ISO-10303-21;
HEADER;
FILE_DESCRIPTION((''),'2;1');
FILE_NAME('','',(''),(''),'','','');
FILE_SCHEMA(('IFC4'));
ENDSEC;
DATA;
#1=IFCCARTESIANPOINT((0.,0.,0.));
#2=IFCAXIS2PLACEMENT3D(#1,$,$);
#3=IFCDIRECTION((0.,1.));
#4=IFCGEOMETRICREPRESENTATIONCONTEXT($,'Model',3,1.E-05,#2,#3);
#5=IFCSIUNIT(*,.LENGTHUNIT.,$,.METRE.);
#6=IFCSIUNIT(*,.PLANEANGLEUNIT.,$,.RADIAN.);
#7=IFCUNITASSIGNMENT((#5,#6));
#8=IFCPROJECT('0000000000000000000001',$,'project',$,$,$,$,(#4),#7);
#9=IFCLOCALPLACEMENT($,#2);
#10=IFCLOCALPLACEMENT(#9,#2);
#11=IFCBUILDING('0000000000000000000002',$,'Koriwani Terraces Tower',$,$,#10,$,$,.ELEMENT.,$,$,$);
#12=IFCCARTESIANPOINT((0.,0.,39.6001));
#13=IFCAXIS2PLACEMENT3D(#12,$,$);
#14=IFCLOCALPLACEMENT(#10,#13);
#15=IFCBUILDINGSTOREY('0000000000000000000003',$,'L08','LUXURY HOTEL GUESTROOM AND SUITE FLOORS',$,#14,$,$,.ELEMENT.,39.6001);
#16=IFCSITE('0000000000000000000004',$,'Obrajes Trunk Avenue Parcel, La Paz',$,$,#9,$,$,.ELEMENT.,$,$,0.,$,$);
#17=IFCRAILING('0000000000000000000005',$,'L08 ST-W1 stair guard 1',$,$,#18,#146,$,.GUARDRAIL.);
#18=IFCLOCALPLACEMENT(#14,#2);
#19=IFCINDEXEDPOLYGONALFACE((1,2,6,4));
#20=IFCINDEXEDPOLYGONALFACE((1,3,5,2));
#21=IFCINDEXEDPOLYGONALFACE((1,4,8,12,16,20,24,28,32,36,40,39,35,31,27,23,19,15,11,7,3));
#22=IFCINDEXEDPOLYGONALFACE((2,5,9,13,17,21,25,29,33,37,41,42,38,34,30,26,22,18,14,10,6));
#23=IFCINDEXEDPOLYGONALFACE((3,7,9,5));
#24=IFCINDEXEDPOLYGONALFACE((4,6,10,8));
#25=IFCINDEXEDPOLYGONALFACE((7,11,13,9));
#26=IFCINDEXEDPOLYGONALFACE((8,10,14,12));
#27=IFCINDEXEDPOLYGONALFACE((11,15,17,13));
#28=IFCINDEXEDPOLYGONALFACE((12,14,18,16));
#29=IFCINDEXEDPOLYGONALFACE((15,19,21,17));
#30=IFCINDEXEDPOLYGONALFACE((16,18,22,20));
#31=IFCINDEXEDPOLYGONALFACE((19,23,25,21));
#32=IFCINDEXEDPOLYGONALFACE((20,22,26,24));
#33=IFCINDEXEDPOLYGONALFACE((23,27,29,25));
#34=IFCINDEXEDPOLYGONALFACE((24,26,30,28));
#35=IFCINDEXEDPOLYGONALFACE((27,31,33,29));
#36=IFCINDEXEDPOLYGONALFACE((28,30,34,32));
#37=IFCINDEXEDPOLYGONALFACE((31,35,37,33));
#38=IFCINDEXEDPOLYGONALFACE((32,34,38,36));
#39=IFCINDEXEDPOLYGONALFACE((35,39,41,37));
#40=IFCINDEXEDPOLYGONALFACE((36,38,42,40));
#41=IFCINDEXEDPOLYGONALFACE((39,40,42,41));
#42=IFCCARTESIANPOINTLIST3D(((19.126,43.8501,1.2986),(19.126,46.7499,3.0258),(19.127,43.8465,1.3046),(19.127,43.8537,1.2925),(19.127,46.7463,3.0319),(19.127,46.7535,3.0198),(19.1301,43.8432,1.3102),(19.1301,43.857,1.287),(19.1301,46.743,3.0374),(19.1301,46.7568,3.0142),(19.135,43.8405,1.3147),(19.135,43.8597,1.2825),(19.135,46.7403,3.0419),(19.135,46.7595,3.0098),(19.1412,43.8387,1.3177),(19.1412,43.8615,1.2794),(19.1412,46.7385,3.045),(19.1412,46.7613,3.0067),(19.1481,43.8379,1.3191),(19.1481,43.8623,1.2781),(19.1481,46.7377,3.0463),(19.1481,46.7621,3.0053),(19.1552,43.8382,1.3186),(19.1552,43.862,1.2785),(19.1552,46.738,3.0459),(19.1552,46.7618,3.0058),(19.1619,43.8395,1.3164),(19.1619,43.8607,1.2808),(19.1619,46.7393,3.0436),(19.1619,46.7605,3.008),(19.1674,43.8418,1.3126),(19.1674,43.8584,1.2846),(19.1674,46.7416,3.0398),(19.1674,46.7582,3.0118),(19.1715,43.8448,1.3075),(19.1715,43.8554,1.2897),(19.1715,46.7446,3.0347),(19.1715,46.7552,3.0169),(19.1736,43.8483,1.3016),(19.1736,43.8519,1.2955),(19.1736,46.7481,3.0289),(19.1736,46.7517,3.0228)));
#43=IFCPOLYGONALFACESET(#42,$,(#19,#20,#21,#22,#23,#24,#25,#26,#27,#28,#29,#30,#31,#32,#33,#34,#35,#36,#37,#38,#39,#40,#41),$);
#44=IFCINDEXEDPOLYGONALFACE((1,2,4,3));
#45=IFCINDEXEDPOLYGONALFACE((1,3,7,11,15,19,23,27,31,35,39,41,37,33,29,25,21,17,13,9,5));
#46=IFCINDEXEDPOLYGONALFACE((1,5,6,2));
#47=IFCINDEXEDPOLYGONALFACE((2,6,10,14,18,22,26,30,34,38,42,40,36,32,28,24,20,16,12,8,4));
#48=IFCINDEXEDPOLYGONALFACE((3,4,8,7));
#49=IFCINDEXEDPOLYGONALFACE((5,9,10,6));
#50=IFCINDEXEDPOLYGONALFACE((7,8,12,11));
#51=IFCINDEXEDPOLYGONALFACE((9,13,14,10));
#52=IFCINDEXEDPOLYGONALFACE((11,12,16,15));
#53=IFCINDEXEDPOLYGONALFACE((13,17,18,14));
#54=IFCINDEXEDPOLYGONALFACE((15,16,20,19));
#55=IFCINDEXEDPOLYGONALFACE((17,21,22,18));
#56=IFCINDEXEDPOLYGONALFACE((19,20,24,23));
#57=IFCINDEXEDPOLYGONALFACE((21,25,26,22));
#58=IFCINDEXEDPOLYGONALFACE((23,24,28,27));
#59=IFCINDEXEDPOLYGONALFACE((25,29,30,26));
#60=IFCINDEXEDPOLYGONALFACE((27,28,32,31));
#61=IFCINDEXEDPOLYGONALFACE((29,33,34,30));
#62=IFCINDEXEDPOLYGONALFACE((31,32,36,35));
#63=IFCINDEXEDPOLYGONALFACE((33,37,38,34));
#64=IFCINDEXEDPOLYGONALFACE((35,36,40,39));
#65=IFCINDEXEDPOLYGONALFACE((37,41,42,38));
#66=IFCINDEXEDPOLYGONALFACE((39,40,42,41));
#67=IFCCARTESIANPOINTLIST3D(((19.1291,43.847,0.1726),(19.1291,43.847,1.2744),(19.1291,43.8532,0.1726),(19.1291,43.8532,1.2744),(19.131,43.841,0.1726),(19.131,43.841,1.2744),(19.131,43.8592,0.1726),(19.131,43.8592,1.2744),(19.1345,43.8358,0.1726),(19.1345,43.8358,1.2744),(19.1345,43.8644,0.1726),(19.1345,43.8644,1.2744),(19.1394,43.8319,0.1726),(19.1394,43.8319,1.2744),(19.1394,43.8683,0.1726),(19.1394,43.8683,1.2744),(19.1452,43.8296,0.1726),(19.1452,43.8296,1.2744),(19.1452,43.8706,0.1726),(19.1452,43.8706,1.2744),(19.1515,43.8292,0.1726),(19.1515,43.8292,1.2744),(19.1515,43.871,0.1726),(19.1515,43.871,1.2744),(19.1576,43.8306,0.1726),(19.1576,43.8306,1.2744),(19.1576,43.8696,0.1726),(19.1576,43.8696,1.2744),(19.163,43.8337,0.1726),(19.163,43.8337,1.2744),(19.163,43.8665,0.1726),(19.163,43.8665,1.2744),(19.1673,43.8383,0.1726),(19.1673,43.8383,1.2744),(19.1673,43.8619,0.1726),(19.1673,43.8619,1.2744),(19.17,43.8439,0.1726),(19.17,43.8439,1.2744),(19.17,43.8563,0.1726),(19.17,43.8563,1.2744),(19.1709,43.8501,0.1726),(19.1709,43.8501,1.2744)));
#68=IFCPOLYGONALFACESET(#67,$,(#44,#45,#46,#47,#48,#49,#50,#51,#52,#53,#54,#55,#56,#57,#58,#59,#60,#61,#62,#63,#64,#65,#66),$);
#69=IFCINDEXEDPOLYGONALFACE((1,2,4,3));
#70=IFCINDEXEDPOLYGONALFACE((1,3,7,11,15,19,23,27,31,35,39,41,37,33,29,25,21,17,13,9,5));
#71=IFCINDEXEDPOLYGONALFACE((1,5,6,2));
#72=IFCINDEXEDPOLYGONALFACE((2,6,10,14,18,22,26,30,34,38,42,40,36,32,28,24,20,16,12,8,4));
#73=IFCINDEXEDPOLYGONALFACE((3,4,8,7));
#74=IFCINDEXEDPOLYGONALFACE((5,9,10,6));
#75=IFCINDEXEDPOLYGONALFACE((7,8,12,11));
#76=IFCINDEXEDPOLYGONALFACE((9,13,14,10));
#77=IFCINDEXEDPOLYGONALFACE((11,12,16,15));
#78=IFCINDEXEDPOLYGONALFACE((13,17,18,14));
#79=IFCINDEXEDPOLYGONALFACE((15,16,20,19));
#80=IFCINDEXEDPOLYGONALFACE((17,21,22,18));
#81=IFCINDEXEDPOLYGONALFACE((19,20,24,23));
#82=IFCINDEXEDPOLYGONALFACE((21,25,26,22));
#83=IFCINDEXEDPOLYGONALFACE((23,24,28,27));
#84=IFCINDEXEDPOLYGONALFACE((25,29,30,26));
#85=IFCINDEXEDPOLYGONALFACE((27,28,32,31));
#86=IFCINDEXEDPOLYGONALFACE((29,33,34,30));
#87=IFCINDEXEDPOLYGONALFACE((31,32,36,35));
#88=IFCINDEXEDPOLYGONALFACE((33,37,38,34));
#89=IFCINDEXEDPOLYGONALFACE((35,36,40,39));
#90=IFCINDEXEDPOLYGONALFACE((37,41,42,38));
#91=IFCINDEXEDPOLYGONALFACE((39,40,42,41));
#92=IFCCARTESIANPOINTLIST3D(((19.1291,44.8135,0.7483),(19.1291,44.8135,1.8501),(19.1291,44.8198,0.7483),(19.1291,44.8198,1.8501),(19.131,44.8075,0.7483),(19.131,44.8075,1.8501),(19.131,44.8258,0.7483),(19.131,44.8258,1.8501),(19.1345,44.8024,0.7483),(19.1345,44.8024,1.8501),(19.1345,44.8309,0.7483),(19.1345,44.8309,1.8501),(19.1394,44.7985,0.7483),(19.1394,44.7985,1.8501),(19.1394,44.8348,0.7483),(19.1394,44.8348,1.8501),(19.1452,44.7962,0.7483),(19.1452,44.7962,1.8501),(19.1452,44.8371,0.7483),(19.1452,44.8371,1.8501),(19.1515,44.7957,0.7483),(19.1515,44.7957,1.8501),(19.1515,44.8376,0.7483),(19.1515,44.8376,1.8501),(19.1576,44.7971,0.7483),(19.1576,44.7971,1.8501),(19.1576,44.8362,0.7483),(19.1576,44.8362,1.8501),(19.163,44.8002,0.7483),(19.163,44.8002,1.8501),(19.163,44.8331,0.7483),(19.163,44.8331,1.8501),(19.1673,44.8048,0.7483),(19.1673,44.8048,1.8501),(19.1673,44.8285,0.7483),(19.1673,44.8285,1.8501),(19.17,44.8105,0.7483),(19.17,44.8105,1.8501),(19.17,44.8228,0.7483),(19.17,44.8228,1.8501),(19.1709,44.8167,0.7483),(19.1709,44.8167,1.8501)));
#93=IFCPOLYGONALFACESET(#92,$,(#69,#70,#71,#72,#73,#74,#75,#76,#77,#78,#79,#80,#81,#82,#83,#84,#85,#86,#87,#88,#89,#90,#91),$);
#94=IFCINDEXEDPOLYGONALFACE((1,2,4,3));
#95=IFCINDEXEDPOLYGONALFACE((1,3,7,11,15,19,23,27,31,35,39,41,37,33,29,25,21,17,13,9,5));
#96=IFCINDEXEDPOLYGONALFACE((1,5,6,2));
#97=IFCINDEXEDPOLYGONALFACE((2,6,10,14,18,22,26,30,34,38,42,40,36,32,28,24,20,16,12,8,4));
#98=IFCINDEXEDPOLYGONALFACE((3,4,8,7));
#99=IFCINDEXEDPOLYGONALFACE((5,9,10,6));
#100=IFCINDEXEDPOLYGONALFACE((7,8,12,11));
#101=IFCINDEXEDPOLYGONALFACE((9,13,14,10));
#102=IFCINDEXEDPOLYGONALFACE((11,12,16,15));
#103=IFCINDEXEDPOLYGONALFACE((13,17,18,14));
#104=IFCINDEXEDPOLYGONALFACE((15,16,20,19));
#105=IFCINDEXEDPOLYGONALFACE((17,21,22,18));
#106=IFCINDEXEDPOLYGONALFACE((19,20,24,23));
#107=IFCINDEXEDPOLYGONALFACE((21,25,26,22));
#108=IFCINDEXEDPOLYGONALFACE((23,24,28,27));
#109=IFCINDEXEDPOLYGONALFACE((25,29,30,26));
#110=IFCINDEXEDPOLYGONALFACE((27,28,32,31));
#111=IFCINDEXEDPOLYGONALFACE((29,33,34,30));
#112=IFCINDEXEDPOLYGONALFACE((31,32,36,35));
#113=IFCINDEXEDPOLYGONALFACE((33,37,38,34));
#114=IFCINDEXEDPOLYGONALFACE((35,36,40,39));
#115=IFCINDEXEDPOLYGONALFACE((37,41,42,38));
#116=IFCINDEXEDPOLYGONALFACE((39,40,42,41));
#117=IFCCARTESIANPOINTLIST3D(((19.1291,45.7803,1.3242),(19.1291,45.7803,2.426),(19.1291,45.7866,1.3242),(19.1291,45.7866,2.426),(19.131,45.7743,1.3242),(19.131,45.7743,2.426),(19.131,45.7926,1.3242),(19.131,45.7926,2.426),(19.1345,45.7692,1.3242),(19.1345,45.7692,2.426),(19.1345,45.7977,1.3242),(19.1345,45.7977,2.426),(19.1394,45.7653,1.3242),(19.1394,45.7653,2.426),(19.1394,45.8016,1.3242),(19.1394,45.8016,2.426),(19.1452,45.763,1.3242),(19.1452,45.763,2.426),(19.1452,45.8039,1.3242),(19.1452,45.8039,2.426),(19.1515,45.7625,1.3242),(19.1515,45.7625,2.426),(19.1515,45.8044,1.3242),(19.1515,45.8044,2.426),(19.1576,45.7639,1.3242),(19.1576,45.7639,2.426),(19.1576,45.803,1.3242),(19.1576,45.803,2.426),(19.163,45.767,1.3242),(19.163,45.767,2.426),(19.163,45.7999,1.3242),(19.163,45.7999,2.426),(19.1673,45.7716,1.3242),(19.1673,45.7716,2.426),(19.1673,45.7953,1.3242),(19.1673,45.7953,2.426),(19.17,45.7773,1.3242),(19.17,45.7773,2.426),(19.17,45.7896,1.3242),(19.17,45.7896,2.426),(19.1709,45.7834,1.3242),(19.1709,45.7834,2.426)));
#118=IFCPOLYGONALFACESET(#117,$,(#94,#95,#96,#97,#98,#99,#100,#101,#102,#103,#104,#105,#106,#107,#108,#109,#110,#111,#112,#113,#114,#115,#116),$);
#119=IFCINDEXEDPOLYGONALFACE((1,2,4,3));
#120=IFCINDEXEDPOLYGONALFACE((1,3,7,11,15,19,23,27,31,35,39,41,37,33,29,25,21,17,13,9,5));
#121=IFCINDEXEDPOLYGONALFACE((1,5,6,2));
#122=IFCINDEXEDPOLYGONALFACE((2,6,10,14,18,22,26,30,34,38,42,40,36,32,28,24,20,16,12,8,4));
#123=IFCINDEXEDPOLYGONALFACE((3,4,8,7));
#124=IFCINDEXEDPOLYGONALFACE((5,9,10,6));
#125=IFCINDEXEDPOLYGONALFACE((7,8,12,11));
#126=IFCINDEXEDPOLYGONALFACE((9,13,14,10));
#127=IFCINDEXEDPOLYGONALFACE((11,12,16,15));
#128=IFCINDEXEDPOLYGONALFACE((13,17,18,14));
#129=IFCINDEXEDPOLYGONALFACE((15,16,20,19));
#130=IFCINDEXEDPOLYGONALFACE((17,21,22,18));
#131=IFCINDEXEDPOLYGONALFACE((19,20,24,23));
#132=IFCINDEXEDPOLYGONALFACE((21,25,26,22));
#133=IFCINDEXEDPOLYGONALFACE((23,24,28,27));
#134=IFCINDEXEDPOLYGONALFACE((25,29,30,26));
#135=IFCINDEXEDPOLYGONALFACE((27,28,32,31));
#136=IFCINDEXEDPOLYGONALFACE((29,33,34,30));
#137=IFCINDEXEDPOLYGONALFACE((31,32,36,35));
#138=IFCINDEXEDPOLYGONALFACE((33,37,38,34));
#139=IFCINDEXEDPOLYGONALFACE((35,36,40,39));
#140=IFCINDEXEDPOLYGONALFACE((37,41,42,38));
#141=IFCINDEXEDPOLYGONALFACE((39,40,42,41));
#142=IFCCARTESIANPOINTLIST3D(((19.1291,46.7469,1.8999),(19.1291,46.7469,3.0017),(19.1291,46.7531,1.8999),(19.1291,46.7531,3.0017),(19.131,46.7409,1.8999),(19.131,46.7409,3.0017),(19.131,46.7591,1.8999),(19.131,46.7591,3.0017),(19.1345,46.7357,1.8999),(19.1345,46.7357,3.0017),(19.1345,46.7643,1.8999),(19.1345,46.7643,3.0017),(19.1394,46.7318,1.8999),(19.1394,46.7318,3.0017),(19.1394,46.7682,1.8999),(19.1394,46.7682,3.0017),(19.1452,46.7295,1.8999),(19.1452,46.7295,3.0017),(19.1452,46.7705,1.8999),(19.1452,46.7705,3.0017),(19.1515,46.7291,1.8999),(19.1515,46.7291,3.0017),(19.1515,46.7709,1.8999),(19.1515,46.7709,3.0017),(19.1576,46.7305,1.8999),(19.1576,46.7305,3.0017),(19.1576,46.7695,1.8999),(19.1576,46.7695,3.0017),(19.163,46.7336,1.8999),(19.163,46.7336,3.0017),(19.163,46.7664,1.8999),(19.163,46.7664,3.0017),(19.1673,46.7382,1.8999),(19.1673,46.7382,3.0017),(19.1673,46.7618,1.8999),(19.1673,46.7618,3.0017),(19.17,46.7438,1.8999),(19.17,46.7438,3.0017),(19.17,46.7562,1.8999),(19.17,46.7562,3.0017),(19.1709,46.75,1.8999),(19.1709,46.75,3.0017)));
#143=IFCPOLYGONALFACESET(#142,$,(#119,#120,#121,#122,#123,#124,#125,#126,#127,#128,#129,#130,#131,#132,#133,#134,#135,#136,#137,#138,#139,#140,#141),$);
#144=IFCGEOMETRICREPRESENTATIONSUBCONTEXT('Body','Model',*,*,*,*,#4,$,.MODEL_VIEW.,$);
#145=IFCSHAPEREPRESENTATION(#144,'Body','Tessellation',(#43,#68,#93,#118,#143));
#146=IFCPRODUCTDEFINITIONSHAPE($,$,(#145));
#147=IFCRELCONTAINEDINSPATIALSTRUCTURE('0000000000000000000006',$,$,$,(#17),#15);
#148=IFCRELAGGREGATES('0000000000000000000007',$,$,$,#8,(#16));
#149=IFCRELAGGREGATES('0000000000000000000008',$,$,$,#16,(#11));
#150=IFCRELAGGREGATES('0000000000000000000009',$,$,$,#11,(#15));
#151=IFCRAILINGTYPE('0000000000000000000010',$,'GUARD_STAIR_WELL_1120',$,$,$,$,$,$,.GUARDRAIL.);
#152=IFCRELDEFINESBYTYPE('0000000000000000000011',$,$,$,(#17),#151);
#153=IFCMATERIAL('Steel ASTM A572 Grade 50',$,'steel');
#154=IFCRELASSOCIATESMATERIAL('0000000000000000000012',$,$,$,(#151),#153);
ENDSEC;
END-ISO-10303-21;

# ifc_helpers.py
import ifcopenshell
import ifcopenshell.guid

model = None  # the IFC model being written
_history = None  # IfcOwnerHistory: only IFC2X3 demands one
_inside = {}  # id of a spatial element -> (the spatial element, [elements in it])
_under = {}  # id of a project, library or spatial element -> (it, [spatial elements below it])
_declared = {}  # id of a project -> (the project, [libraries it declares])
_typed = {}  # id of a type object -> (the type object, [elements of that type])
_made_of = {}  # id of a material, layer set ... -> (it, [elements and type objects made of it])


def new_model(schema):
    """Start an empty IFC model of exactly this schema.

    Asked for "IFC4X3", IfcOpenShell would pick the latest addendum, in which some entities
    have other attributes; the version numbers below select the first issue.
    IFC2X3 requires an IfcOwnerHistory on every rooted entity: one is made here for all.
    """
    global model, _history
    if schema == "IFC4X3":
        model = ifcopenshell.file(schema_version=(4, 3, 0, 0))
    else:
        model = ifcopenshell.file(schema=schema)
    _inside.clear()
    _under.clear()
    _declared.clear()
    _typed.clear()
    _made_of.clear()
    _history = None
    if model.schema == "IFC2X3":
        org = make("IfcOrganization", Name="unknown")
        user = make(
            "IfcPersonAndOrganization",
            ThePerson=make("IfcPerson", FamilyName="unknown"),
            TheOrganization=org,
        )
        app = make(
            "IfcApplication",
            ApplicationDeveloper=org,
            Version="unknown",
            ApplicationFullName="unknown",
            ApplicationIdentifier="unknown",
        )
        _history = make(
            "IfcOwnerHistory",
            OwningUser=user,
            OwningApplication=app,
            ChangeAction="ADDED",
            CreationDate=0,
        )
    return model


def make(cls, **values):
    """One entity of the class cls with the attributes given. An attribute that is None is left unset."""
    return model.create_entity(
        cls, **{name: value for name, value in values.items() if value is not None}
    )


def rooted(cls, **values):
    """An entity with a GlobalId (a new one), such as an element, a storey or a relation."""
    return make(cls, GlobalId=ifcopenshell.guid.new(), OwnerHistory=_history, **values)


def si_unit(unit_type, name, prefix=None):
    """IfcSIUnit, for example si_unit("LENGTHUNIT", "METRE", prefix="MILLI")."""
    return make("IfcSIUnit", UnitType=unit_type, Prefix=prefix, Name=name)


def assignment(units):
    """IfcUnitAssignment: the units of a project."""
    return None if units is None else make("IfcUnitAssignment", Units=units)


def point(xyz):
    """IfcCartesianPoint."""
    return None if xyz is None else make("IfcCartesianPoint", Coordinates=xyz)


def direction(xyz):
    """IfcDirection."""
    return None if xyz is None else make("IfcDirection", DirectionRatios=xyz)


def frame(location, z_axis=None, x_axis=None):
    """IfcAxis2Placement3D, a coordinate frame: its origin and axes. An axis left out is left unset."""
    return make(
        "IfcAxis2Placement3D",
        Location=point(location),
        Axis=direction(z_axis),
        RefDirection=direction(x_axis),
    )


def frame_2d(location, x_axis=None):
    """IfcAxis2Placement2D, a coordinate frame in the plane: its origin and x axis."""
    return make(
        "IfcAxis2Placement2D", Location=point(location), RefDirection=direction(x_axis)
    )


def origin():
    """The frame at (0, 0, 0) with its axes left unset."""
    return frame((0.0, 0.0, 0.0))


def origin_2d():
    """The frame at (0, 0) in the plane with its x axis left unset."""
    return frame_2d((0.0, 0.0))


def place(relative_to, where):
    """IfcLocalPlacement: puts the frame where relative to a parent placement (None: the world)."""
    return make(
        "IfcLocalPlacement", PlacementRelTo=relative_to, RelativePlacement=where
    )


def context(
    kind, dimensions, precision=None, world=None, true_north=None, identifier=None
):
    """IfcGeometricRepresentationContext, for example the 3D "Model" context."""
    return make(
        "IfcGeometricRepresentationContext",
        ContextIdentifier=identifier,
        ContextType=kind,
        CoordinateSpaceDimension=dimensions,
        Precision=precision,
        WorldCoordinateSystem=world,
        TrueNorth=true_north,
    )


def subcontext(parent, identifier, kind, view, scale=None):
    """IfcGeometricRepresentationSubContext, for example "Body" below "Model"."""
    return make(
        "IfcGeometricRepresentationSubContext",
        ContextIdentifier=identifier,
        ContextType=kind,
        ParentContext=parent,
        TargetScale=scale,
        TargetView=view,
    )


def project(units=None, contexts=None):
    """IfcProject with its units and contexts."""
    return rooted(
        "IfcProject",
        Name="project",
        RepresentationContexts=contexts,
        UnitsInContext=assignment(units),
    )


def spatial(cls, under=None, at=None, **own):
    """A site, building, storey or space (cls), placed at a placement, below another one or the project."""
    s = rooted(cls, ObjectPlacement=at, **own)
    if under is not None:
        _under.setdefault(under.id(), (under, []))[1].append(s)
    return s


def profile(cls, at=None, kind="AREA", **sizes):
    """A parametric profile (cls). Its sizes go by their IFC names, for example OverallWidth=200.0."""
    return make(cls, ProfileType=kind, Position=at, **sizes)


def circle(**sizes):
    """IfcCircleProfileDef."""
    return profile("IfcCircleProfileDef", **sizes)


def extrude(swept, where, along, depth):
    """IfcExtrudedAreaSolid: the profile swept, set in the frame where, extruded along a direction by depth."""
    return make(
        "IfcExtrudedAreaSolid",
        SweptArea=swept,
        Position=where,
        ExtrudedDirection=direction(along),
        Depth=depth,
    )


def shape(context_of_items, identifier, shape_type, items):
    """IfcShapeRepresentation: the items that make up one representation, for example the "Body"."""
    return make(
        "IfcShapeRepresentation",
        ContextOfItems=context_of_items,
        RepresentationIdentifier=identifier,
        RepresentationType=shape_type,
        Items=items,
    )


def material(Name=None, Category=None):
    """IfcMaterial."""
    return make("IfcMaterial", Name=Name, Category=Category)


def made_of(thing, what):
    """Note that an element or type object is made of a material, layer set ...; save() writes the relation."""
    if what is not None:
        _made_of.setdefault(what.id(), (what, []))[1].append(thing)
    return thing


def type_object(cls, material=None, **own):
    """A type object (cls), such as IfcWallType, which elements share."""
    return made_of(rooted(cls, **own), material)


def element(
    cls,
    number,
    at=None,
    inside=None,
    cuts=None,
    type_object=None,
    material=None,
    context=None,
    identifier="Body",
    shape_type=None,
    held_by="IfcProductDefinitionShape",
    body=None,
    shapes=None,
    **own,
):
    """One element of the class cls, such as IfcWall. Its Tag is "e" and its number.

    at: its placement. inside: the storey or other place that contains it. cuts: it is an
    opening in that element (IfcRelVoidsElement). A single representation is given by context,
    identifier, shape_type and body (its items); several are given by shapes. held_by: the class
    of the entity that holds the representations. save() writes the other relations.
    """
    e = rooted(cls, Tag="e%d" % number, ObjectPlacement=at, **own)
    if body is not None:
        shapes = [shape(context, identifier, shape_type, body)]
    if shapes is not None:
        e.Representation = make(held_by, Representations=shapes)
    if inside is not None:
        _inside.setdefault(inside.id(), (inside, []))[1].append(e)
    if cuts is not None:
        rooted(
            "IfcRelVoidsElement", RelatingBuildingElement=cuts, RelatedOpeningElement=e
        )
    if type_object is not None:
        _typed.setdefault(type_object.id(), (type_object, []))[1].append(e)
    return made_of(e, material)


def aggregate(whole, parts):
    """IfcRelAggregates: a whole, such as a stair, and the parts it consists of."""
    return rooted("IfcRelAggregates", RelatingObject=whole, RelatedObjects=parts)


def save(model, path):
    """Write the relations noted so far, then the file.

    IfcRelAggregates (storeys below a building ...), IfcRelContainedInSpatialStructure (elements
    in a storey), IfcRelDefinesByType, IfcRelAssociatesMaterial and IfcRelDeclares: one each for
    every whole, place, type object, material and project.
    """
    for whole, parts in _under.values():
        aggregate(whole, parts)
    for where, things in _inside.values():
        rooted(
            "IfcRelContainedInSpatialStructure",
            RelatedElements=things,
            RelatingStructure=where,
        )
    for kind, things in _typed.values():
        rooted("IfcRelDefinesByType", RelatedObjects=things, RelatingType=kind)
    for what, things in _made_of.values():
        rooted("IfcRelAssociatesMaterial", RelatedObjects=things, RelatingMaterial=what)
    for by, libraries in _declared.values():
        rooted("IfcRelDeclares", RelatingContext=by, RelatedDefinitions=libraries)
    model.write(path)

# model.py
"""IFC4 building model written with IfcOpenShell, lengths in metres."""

from ifc_helpers import new_model, si_unit, direction, frame, origin, origin_2d, place, context, subcontext, project, spatial, circle, extrude, material, type_object, element, save


model = new_model("IFC4")

# Units and contexts
model_context = context("Model", 3, precision=1e-05, world=origin(), true_north=direction((0.0, 1.0)))
body_context = subcontext(model_context, "Body", "Model", "MODEL_VIEW")
ifc_project = project(units=[si_unit("LENGTHUNIT", "METRE"), si_unit("PLANEANGLEUNIT", "RADIAN")], contexts=[model_context])

# Site, building, storey
site_placement = place(None, origin())
site = spatial("IfcSite", under=ifc_project, at=site_placement, Name="Obrajes Trunk Avenue Parcel, La Paz", CompositionType="ELEMENT", RefElevation=0.0)
building_placement = place(site_placement, origin())
building = spatial("IfcBuilding", under=site, at=building_placement, Name="Koriwani Terraces Tower", CompositionType="ELEMENT")
storey_placement = place(building_placement, frame((0.0, 0.0, 39.6001)))
storey = spatial("IfcBuildingStorey", under=building, at=storey_placement, Name="L08", Description="LUXURY HOTEL GUESTROOM AND SUITE FLOORS", CompositionType="ELEMENT", Elevation=39.6001)

# Shared definitions
ifc_material_1 = material(Name="Steel ASTM A572 Grade 50", Category="steel")

# Railing
railing_type_1 = type_object("IfcRailingType", Name="GUARD_STAIR_WELL_1120", PredefinedType="GUARDRAIL", material=ifc_material_1)
railing_1_placement = place(storey_placement, frame((19.1499, 43.8501, 0.1726)))
element("IfcRailing", 1, at=railing_1_placement, inside=storey, type_object=railing_type_1, Name="L08 ST-W1 stair guard 1", PredefinedType="GUARDRAIL", context=body_context, shape_type="SweptSolid", body=[
    extrude(circle(Radius=0.0239, at=origin_2d()), frame((0.0, 0.0, 1.126), z_axis=(0.0, 0.859141, 0.511738), x_axis=(-1.0, 0.0, 0.0)), (0.0, 0.0, 1.0), 3.3752),
    extrude(circle(Radius=0.021, at=origin_2d()), origin(), (0.0, 0.0, 1.0), 1.1018),
    extrude(circle(Radius=0.021, at=origin_2d()), frame((0.0, 0.9666, 0.5757)), (0.0, 0.0, 1.0), 1.1018),
    extrude(circle(Radius=0.021, at=origin_2d()), frame((0.0, 1.9333, 1.1516)), (0.0, 0.0, 1.0), 1.1018),
    extrude(circle(Radius=0.021, at=origin_2d()), frame((0.0, 2.8999, 1.7273)), (0.0, 0.0, 1.0), 1.1018),
])

save(model, "model.ifc")
